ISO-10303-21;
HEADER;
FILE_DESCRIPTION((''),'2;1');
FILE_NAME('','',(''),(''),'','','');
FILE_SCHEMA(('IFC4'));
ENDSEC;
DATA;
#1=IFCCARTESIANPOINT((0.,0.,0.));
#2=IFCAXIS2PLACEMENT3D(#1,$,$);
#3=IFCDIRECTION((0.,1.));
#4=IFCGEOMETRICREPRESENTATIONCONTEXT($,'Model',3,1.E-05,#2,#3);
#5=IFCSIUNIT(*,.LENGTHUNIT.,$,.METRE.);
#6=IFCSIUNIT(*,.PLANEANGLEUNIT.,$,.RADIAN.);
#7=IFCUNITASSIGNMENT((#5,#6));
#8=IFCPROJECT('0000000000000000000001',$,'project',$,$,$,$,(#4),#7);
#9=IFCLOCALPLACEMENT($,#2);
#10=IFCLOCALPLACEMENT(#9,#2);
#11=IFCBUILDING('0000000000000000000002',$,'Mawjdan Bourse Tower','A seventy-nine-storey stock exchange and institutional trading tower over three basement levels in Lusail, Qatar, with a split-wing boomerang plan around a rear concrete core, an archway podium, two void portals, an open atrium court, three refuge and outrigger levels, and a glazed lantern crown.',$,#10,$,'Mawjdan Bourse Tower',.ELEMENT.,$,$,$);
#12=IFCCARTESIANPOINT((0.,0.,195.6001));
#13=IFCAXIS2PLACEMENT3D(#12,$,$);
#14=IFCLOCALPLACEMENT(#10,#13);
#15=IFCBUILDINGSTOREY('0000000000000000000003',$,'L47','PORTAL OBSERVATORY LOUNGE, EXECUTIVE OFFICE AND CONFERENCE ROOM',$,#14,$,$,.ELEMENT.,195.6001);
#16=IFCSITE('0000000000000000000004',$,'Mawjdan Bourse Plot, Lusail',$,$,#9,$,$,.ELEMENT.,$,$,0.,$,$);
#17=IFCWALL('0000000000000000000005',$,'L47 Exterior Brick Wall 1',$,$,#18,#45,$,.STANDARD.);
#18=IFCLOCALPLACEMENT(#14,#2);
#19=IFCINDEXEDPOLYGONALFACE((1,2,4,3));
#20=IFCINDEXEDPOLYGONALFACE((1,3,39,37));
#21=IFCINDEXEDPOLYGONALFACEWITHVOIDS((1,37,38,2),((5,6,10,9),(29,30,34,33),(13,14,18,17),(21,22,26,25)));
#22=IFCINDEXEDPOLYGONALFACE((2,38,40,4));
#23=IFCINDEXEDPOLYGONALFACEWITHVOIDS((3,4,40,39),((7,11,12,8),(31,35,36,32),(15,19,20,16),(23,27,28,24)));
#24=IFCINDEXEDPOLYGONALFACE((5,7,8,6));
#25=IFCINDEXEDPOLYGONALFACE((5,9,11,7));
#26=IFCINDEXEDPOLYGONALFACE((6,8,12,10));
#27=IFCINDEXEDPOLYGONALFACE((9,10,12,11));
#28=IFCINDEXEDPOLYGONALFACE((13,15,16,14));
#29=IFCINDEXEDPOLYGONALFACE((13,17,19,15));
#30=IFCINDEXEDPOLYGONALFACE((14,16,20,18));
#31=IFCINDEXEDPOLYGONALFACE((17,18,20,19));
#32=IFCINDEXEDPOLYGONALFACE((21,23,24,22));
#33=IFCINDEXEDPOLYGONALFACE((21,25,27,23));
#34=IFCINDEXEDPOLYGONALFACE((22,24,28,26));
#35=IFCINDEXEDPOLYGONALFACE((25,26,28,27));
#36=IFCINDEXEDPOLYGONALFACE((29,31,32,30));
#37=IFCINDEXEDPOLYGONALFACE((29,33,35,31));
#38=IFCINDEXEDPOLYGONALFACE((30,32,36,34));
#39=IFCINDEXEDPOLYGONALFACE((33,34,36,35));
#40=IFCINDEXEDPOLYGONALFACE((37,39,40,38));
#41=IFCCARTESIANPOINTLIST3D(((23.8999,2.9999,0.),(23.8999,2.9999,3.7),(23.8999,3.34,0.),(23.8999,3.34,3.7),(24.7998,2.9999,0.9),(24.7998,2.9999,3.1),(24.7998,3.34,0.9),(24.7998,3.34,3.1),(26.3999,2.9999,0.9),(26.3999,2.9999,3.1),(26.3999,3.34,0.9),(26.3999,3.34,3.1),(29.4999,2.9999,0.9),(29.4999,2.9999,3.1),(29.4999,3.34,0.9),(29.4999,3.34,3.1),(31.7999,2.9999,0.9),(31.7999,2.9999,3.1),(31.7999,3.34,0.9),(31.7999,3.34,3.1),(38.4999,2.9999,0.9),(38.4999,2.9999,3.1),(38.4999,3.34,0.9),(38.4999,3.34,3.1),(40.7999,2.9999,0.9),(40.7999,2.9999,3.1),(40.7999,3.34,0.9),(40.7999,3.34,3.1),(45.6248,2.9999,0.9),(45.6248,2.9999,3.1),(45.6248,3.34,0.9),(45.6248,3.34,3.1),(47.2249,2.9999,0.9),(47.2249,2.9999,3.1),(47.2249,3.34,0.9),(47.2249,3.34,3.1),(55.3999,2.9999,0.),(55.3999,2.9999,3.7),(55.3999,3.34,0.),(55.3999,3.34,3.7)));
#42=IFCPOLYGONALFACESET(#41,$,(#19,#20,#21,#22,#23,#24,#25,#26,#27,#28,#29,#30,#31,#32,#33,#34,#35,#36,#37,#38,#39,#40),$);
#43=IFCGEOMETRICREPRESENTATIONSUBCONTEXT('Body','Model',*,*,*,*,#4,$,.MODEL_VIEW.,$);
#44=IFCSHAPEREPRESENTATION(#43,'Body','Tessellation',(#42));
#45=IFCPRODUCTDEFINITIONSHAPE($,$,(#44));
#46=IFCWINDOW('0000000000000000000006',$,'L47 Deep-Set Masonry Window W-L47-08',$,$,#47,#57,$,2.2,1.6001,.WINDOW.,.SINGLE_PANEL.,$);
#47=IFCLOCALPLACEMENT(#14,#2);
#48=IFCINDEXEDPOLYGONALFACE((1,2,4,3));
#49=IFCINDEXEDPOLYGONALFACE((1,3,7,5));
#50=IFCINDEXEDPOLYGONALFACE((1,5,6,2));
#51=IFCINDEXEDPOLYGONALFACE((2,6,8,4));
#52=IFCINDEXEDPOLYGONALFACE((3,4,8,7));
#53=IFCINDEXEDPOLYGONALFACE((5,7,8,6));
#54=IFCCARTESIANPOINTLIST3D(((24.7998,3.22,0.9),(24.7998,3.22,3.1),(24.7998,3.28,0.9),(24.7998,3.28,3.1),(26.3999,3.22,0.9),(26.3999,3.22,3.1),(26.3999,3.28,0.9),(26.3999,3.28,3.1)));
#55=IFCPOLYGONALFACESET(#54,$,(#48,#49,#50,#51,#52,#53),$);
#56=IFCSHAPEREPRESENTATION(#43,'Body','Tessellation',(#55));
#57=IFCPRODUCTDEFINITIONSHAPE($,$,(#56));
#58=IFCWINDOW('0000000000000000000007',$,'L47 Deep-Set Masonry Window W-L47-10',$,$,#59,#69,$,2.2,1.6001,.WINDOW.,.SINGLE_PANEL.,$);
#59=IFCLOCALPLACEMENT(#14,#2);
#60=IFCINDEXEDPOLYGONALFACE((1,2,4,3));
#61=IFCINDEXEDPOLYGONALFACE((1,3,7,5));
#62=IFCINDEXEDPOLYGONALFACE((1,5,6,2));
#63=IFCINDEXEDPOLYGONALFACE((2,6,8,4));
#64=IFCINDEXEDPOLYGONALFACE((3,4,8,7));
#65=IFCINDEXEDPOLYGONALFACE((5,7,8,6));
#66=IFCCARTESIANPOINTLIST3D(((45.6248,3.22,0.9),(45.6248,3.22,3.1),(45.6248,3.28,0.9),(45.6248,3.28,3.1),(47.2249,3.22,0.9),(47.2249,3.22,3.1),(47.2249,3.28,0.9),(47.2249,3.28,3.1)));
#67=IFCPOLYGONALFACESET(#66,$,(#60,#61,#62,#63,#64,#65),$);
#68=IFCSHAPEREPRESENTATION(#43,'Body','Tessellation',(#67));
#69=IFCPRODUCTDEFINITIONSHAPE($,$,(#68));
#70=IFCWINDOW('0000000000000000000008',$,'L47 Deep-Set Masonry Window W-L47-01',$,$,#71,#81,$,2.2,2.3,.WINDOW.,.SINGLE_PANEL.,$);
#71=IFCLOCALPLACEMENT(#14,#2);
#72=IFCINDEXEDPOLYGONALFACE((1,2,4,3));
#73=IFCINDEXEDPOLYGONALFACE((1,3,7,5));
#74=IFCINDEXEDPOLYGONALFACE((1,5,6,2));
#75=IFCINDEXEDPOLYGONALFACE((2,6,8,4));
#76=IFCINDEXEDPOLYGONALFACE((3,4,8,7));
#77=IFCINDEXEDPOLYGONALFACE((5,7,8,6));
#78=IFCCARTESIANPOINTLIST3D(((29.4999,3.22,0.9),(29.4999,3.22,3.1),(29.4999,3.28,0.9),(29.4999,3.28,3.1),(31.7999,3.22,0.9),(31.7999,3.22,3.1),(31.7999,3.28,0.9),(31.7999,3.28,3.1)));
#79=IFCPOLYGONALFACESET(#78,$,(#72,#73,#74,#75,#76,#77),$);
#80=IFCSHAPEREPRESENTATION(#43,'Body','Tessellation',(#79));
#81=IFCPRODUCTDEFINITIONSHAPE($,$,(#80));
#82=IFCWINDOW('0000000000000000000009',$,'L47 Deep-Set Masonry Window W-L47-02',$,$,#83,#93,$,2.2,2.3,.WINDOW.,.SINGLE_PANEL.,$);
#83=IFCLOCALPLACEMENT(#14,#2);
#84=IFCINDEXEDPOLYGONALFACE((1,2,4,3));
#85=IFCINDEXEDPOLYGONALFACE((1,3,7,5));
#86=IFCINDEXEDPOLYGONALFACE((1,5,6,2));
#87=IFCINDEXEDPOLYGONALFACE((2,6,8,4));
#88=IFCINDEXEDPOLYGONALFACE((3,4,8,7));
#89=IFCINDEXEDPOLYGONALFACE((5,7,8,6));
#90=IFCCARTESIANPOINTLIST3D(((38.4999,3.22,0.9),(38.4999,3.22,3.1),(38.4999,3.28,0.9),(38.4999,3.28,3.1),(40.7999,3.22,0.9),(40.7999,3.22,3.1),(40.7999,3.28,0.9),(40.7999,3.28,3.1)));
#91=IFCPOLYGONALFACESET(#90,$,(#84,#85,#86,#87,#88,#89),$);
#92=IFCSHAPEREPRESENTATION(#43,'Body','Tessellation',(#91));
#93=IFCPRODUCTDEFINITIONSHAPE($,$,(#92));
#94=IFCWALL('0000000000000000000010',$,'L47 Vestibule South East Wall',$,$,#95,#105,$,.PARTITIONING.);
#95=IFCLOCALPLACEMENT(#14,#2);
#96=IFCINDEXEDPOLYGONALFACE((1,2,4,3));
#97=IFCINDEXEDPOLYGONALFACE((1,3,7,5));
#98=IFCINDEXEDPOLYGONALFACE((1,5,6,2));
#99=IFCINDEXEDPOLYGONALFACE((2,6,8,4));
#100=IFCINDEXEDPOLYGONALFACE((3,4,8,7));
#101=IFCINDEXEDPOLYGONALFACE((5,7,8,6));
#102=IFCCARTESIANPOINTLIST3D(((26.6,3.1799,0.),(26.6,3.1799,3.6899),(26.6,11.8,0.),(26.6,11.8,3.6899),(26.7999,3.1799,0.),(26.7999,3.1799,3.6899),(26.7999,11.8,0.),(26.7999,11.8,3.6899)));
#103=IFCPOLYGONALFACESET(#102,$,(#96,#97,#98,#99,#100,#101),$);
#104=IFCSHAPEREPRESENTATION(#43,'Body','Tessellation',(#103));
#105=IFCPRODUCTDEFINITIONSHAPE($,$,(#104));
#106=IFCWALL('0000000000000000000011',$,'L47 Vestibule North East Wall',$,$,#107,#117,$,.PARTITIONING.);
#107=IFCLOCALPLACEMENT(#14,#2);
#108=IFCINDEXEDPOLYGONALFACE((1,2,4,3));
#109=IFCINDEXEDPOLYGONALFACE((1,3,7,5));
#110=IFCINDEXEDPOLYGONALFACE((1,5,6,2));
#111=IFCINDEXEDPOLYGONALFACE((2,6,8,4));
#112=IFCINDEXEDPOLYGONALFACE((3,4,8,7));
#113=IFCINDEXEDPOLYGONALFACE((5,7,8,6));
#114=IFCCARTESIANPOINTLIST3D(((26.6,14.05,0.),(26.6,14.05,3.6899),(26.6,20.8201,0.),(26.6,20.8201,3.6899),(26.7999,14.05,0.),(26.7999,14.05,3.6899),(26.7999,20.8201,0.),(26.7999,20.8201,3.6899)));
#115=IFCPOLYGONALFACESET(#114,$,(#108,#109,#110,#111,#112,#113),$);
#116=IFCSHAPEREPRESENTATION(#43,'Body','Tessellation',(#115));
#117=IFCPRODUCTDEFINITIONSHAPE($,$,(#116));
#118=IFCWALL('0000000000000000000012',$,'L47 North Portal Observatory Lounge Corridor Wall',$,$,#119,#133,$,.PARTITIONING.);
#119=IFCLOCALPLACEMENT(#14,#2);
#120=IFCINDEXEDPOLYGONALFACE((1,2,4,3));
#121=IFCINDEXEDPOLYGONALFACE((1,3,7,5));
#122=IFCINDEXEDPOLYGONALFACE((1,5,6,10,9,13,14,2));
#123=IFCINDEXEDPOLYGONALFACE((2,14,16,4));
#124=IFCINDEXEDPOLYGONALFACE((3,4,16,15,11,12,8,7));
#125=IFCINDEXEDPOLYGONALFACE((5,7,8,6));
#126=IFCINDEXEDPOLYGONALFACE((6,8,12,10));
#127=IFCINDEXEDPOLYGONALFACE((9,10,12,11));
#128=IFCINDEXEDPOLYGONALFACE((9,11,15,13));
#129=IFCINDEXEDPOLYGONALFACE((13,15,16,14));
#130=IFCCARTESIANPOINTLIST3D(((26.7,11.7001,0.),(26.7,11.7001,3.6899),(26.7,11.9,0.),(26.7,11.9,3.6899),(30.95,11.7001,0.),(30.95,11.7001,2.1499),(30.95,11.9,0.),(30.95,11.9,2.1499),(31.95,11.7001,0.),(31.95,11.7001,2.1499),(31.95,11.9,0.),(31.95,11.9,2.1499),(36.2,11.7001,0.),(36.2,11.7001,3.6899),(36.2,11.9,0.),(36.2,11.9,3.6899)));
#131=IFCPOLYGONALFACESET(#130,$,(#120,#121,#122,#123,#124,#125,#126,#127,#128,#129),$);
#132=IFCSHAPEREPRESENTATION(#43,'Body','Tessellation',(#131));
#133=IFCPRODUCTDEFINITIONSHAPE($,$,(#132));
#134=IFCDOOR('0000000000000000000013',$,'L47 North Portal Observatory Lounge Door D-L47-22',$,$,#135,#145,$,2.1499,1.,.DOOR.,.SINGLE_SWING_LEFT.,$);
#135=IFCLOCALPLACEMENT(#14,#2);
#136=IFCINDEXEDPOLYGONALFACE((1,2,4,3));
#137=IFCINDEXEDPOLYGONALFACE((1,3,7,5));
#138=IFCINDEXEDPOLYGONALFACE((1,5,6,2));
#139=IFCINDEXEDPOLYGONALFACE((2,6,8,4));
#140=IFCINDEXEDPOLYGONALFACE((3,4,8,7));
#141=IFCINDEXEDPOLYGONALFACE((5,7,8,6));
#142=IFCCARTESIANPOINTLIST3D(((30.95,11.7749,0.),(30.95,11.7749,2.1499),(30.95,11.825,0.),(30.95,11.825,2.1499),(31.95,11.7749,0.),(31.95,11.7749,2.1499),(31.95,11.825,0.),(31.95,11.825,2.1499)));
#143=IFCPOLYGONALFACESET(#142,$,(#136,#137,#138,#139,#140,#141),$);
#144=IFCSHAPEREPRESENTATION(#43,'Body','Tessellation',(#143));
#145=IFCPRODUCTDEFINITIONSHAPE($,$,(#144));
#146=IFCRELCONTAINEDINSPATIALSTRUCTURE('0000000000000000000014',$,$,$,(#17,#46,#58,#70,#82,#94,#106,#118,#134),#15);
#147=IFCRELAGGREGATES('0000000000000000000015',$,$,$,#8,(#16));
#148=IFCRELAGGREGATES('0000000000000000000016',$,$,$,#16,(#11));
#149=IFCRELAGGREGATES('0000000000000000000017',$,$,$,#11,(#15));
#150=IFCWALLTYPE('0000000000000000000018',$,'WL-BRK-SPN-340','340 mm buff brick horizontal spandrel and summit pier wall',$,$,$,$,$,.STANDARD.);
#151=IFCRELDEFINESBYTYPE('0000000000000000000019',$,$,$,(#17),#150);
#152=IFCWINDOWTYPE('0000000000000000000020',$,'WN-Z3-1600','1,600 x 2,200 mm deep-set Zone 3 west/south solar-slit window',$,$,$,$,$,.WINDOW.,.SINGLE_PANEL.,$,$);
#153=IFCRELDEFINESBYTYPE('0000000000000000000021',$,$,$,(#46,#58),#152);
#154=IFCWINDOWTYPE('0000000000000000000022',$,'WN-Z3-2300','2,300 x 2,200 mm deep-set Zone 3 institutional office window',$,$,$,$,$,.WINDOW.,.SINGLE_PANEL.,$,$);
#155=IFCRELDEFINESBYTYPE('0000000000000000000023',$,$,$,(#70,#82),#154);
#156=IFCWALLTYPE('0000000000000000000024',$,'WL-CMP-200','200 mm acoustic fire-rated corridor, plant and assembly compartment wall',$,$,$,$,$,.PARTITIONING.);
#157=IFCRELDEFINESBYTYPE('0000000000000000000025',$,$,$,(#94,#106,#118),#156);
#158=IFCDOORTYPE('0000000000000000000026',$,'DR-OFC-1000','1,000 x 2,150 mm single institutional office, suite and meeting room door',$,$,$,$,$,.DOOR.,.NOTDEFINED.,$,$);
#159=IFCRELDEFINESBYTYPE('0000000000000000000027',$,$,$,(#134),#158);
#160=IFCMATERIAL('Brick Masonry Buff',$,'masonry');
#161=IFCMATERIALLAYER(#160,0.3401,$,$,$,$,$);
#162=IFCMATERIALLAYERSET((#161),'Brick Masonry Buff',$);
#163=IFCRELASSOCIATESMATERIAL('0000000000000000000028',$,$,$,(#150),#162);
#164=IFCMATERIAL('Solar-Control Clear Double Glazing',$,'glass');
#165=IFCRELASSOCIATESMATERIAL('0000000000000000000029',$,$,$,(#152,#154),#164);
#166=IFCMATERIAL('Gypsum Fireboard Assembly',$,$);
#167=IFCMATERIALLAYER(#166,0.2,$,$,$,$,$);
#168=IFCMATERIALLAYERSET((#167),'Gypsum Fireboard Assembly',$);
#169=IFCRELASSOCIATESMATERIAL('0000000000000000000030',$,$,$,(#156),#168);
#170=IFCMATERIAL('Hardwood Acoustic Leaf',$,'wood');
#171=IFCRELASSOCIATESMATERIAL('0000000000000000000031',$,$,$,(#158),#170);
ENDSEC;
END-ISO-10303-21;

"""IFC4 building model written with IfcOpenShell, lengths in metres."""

from ifc_helpers import new_model, si_unit, direction, frame, frame_2d, origin, place, context, subcontext, project, spatial, rectangle, extrude, material, layer, layer_set, type_object, element, fill, save


model = new_model("IFC4")

# Units and contexts
model_context = context("Model", 3, precision=1e-05, world=origin(), true_north=direction((0.0, 1.0)))
body_context = subcontext(model_context, "Body", "Model", "MODEL_VIEW")
ifc_project = project(units=[si_unit("LENGTHUNIT", "METRE"), si_unit("PLANEANGLEUNIT", "RADIAN")], contexts=[model_context])

# Site, building, storey
site_placement = place(None, origin())
site = spatial("IfcSite", under=ifc_project, at=site_placement, Name="Mawjdan Bourse Plot, Lusail", CompositionType="ELEMENT", RefElevation=0.0)
building_placement = place(site_placement, origin())
building = spatial("IfcBuilding", under=site, at=building_placement, Name="Mawjdan Bourse Tower", Description="A seventy-nine-storey stock exchange and institutional trading tower over three basement levels in Lusail, Qatar, with a split-wing boomerang plan around a rear concrete core, an archway podium, two void portals, an open atrium court, three refuge and outrigger levels, and a glazed lantern crown.", LongName="Mawjdan Bourse Tower", CompositionType="ELEMENT")
storey_placement = place(building_placement, frame((0.0, 0.0, 195.6001)))
storey = spatial("IfcBuildingStorey", under=building, at=storey_placement, Name="L47", Description="PORTAL OBSERVATORY LOUNGE, EXECUTIVE OFFICE AND CONFERENCE ROOM", CompositionType="ELEMENT", Elevation=195.6001)

# Wall, openings, windows
ifc_material_1 = material(Name="Brick Masonry Buff", Category="masonry")
ifc_layer_1 = layer(ifc_material_1, 0.3401)
ifc_layer_set_1 = layer_set([ifc_layer_1], Name="Brick Masonry Buff")
wall_type_1 = type_object("IfcWallType", Name="WL-BRK-SPN-340", Description="340 mm buff brick horizontal spandrel and summit pier wall", PredefinedType="STANDARD", material=ifc_layer_set_1)
wall_1_placement = place(storey_placement, frame((23.8999, 3.1699, 0.0), z_axis=(0.0, 0.0, 1.0), x_axis=(1.0, 0.0, 0.0)))
wall_1 = element("IfcWall", 1, at=wall_1_placement, inside=storey, type_object=wall_type_1, Name="L47 Exterior Brick Wall 1", PredefinedType="STANDARD", context=body_context, shape_type="SweptSolid", body=[
    extrude(rectangle(XDim=31.5, YDim=0.3401, at=frame_2d((15.75, 0.0))), origin(), (0.0, 0.0, 1.0), 3.7),
])
opening_1_placement = place(wall_1_placement, frame((5.6001, 0.0, 0.8999)))
opening_1 = element("IfcOpeningElement", 2, at=opening_1_placement, cuts=wall_1, PredefinedType="OPENING", context=body_context, shape_type="SweptSolid", body=[
    extrude(rectangle(XDim=2.3, YDim=2.2, at=frame_2d((1.1499, 1.1001))), frame((0.0, 0.1802, 0.0), z_axis=(0.0, -1.0, 0.0), x_axis=(1.0, 0.0, 0.0)), (0.0, 0.0, 1.0), 0.3601),
])
opening_2_placement = place(wall_1_placement, frame((14.6001, 0.0, 0.8999)))
opening_2 = element("IfcOpeningElement", 3, at=opening_2_placement, cuts=wall_1, PredefinedType="OPENING", context=body_context, shape_type="SweptSolid", body=[
    extrude(rectangle(XDim=2.3, YDim=2.2, at=frame_2d((1.1499, 1.1001))), frame((0.0, 0.1802, 0.0), z_axis=(0.0, -1.0, 0.0), x_axis=(1.0, 0.0, 0.0)), (0.0, 0.0, 1.0), 0.3601),
])
opening_3_placement = place(wall_1_placement, frame((0.8999, 0.0, 0.8999)))
opening_3 = element("IfcOpeningElement", 4, at=opening_3_placement, cuts=wall_1, PredefinedType="OPENING", context=body_context, shape_type="SweptSolid", body=[
    extrude(rectangle(XDim=1.6001, YDim=2.2, at=frame_2d((0.8, 1.1001))), frame((0.0, 0.1802, 0.0), z_axis=(0.0, -1.0, 0.0), x_axis=(1.0, 0.0, 0.0)), (0.0, 0.0, 1.0), 0.3601),
])
opening_4_placement = place(wall_1_placement, frame((21.7249, 0.0, 0.8999)))
opening_4 = element("IfcOpeningElement", 5, at=opening_4_placement, cuts=wall_1, PredefinedType="OPENING", context=body_context, shape_type="SweptSolid", body=[
    extrude(rectangle(XDim=1.6001, YDim=2.2, at=frame_2d((0.8, 1.1001))), frame((0.0, 0.1802, 0.0), z_axis=(0.0, -1.0, 0.0), x_axis=(1.0, 0.0, 0.0)), (0.0, 0.0, 1.0), 0.3601),
])
ifc_material_2 = material(Name="Solar-Control Clear Double Glazing", Category="glass")
window_type_1 = type_object("IfcWindowType", Name="WN-Z3-1600", Description="1,600 x 2,200 mm deep-set Zone 3 west/south solar-slit window", PartitioningType="SINGLE_PANEL", PredefinedType="WINDOW", material=ifc_material_2)
window_1_placement = place(opening_3_placement, origin())
window_1 = element("IfcWindow", 6, at=window_1_placement, inside=storey, type_object=window_type_1, Name="L47 Deep-Set Masonry Window W-L47-08", OverallHeight=2.2, OverallWidth=1.6001, PartitioningType="SINGLE_PANEL", PredefinedType="WINDOW", context=body_context, shape_type="SweptSolid", body=[
    extrude(rectangle(XDim=1.6001, YDim=2.2, at=frame_2d((0.8, 1.1001))), frame((0.0, 0.1101, 0.0), z_axis=(0.0, -1.0, 0.0), x_axis=(1.0, 0.0, 0.0)), (0.0, 0.0, 1.0), 0.0601),
])
fill(opening_3, window_1)
window_2_placement = place(opening_4_placement, origin())
window_2 = element("IfcWindow", 7, at=window_2_placement, inside=storey, type_object=window_type_1, Name="L47 Deep-Set Masonry Window W-L47-10", OverallHeight=2.2, OverallWidth=1.6001, PartitioningType="SINGLE_PANEL", PredefinedType="WINDOW", context=body_context, shape_type="SweptSolid", body=[
    extrude(rectangle(XDim=1.6001, YDim=2.2, at=frame_2d((0.8, 1.1001))), frame((0.0, 0.1101, 0.0), z_axis=(0.0, -1.0, 0.0), x_axis=(1.0, 0.0, 0.0)), (0.0, 0.0, 1.0), 0.0601),
])
fill(opening_4, window_2)
window_type_2 = type_object("IfcWindowType", Name="WN-Z3-2300", Description="2,300 x 2,200 mm deep-set Zone 3 institutional office window", PartitioningType="SINGLE_PANEL", PredefinedType="WINDOW", material=ifc_material_2)
window_3_placement = place(opening_1_placement, origin())
window_3 = element("IfcWindow", 8, at=window_3_placement, inside=storey, type_object=window_type_2, Name="L47 Deep-Set Masonry Window W-L47-01", OverallHeight=2.2, OverallWidth=2.3, PartitioningType="SINGLE_PANEL", PredefinedType="WINDOW", context=body_context, shape_type="SweptSolid", body=[
    extrude(rectangle(XDim=2.3, YDim=2.2, at=frame_2d((1.1499, 1.1001))), frame((0.0, 0.1101, 0.0), z_axis=(0.0, -1.0, 0.0), x_axis=(1.0, 0.0, 0.0)), (0.0, 0.0, 1.0), 0.0601),
])
fill(opening_1, window_3)
window_4_placement = place(opening_2_placement, origin())
window_4 = element("IfcWindow", 9, at=window_4_placement, inside=storey, type_object=window_type_2, Name="L47 Deep-Set Masonry Window W-L47-02", OverallHeight=2.2, OverallWidth=2.3, PartitioningType="SINGLE_PANEL", PredefinedType="WINDOW", context=body_context, shape_type="SweptSolid", body=[
    extrude(rectangle(XDim=2.3, YDim=2.2, at=frame_2d((1.1499, 1.1001))), frame((0.0, 0.1101, 0.0), z_axis=(0.0, -1.0, 0.0), x_axis=(1.0, 0.0, 0.0)), (0.0, 0.0, 1.0), 0.0601),
])
fill(opening_2, window_4)

# Shared definitions
ifc_material_3 = material(Name="Gypsum Fireboard Assembly")
ifc_layer_2 = layer(ifc_material_3, 0.2)
ifc_layer_set_2 = layer_set([ifc_layer_2], Name="Gypsum Fireboard Assembly")
wall_type_2 = type_object("IfcWallType", Name="WL-CMP-200", Description="200 mm acoustic fire-rated corridor, plant and assembly compartment wall", PredefinedType="PARTITIONING", material=ifc_layer_set_2)
ifc_material_4 = material(Name="Hardwood Acoustic Leaf", Category="wood")
door_type_1 = type_object("IfcDoorType", Name="DR-OFC-1000", Description="1,000 x 2,150 mm single institutional office, suite and meeting room door", OperationType="NOTDEFINED", PredefinedType="DOOR", material=ifc_material_4)

# Walls
wall_2_placement = place(storey_placement, frame((26.7, 3.1799, 0.0), z_axis=(0.0, 0.0, 1.0), x_axis=(0.0, 1.0, 0.0)))
element("IfcWall", 10, at=wall_2_placement, inside=storey, type_object=wall_type_2, Name="L47 Vestibule South East Wall", PredefinedType="PARTITIONING", context=body_context, shape_type="SweptSolid", body=[
    extrude(rectangle(XDim=8.6201, YDim=0.2, at=frame_2d((4.3101, 0.0))), origin(), (0.0, 0.0, 1.0), 3.6899),
])
wall_3_placement = place(storey_placement, frame((26.7, 14.05, 0.0), z_axis=(0.0, 0.0, 1.0), x_axis=(0.0, 1.0, 0.0)))
element("IfcWall", 11, at=wall_3_placement, inside=storey, type_object=wall_type_2, Name="L47 Vestibule North East Wall", PredefinedType="PARTITIONING", context=body_context, shape_type="SweptSolid", body=[
    extrude(rectangle(XDim=6.77, YDim=0.2, at=frame_2d((3.385, 0.0))), origin(), (0.0, 0.0, 1.0), 3.6899),
])

# Wall, opening, door
wall_4_placement = place(storey_placement, frame((26.7, 11.8, 0.0), z_axis=(0.0, 0.0, 1.0), x_axis=(1.0, 0.0, 0.0)))
wall_4 = element("IfcWall", 12, at=wall_4_placement, inside=storey, type_object=wall_type_2, Name="L47 North Portal Observatory Lounge Corridor Wall", PredefinedType="PARTITIONING", context=body_context, shape_type="SweptSolid", body=[
    extrude(rectangle(XDim=9.5, YDim=0.2, at=frame_2d((4.75, 0.0))), origin(), (0.0, 0.0, 1.0), 3.6899),
])
opening_5_placement = place(wall_4_placement, frame((4.25, 0.0, 0.0)))
opening_5 = element("IfcOpeningElement", 13, at=opening_5_placement, cuts=wall_4, PredefinedType="OPENING", context=body_context, shape_type="SweptSolid", body=[
    extrude(rectangle(XDim=1.0, YDim=2.1499, at=frame_2d((0.5, 1.075))), frame((0.0, 0.1099, 0.0), z_axis=(0.0, -1.0, 0.0), x_axis=(1.0, 0.0, 0.0)), (0.0, 0.0, 1.0), 0.22),
])
door_1_placement = place(opening_5_placement, origin())
door_1 = element("IfcDoor", 14, at=door_1_placement, inside=storey, type_object=door_type_1, Name="L47 North Portal Observatory Lounge Door D-L47-22", OperationType="SINGLE_SWING_LEFT", OverallHeight=2.1499, OverallWidth=1.0, PredefinedType="DOOR", context=body_context, shape_type="SweptSolid", body=[
    extrude(rectangle(XDim=1.0, YDim=2.1499, at=frame_2d((0.5, 1.075))), frame((0.0, 0.0249, 0.0), z_axis=(0.0, -1.0, 0.0), x_axis=(1.0, 0.0, 0.0)), (0.0, 0.0, 1.0), 0.05),
])
fill(opening_5, door_1)

save(model, "model.ifc")
